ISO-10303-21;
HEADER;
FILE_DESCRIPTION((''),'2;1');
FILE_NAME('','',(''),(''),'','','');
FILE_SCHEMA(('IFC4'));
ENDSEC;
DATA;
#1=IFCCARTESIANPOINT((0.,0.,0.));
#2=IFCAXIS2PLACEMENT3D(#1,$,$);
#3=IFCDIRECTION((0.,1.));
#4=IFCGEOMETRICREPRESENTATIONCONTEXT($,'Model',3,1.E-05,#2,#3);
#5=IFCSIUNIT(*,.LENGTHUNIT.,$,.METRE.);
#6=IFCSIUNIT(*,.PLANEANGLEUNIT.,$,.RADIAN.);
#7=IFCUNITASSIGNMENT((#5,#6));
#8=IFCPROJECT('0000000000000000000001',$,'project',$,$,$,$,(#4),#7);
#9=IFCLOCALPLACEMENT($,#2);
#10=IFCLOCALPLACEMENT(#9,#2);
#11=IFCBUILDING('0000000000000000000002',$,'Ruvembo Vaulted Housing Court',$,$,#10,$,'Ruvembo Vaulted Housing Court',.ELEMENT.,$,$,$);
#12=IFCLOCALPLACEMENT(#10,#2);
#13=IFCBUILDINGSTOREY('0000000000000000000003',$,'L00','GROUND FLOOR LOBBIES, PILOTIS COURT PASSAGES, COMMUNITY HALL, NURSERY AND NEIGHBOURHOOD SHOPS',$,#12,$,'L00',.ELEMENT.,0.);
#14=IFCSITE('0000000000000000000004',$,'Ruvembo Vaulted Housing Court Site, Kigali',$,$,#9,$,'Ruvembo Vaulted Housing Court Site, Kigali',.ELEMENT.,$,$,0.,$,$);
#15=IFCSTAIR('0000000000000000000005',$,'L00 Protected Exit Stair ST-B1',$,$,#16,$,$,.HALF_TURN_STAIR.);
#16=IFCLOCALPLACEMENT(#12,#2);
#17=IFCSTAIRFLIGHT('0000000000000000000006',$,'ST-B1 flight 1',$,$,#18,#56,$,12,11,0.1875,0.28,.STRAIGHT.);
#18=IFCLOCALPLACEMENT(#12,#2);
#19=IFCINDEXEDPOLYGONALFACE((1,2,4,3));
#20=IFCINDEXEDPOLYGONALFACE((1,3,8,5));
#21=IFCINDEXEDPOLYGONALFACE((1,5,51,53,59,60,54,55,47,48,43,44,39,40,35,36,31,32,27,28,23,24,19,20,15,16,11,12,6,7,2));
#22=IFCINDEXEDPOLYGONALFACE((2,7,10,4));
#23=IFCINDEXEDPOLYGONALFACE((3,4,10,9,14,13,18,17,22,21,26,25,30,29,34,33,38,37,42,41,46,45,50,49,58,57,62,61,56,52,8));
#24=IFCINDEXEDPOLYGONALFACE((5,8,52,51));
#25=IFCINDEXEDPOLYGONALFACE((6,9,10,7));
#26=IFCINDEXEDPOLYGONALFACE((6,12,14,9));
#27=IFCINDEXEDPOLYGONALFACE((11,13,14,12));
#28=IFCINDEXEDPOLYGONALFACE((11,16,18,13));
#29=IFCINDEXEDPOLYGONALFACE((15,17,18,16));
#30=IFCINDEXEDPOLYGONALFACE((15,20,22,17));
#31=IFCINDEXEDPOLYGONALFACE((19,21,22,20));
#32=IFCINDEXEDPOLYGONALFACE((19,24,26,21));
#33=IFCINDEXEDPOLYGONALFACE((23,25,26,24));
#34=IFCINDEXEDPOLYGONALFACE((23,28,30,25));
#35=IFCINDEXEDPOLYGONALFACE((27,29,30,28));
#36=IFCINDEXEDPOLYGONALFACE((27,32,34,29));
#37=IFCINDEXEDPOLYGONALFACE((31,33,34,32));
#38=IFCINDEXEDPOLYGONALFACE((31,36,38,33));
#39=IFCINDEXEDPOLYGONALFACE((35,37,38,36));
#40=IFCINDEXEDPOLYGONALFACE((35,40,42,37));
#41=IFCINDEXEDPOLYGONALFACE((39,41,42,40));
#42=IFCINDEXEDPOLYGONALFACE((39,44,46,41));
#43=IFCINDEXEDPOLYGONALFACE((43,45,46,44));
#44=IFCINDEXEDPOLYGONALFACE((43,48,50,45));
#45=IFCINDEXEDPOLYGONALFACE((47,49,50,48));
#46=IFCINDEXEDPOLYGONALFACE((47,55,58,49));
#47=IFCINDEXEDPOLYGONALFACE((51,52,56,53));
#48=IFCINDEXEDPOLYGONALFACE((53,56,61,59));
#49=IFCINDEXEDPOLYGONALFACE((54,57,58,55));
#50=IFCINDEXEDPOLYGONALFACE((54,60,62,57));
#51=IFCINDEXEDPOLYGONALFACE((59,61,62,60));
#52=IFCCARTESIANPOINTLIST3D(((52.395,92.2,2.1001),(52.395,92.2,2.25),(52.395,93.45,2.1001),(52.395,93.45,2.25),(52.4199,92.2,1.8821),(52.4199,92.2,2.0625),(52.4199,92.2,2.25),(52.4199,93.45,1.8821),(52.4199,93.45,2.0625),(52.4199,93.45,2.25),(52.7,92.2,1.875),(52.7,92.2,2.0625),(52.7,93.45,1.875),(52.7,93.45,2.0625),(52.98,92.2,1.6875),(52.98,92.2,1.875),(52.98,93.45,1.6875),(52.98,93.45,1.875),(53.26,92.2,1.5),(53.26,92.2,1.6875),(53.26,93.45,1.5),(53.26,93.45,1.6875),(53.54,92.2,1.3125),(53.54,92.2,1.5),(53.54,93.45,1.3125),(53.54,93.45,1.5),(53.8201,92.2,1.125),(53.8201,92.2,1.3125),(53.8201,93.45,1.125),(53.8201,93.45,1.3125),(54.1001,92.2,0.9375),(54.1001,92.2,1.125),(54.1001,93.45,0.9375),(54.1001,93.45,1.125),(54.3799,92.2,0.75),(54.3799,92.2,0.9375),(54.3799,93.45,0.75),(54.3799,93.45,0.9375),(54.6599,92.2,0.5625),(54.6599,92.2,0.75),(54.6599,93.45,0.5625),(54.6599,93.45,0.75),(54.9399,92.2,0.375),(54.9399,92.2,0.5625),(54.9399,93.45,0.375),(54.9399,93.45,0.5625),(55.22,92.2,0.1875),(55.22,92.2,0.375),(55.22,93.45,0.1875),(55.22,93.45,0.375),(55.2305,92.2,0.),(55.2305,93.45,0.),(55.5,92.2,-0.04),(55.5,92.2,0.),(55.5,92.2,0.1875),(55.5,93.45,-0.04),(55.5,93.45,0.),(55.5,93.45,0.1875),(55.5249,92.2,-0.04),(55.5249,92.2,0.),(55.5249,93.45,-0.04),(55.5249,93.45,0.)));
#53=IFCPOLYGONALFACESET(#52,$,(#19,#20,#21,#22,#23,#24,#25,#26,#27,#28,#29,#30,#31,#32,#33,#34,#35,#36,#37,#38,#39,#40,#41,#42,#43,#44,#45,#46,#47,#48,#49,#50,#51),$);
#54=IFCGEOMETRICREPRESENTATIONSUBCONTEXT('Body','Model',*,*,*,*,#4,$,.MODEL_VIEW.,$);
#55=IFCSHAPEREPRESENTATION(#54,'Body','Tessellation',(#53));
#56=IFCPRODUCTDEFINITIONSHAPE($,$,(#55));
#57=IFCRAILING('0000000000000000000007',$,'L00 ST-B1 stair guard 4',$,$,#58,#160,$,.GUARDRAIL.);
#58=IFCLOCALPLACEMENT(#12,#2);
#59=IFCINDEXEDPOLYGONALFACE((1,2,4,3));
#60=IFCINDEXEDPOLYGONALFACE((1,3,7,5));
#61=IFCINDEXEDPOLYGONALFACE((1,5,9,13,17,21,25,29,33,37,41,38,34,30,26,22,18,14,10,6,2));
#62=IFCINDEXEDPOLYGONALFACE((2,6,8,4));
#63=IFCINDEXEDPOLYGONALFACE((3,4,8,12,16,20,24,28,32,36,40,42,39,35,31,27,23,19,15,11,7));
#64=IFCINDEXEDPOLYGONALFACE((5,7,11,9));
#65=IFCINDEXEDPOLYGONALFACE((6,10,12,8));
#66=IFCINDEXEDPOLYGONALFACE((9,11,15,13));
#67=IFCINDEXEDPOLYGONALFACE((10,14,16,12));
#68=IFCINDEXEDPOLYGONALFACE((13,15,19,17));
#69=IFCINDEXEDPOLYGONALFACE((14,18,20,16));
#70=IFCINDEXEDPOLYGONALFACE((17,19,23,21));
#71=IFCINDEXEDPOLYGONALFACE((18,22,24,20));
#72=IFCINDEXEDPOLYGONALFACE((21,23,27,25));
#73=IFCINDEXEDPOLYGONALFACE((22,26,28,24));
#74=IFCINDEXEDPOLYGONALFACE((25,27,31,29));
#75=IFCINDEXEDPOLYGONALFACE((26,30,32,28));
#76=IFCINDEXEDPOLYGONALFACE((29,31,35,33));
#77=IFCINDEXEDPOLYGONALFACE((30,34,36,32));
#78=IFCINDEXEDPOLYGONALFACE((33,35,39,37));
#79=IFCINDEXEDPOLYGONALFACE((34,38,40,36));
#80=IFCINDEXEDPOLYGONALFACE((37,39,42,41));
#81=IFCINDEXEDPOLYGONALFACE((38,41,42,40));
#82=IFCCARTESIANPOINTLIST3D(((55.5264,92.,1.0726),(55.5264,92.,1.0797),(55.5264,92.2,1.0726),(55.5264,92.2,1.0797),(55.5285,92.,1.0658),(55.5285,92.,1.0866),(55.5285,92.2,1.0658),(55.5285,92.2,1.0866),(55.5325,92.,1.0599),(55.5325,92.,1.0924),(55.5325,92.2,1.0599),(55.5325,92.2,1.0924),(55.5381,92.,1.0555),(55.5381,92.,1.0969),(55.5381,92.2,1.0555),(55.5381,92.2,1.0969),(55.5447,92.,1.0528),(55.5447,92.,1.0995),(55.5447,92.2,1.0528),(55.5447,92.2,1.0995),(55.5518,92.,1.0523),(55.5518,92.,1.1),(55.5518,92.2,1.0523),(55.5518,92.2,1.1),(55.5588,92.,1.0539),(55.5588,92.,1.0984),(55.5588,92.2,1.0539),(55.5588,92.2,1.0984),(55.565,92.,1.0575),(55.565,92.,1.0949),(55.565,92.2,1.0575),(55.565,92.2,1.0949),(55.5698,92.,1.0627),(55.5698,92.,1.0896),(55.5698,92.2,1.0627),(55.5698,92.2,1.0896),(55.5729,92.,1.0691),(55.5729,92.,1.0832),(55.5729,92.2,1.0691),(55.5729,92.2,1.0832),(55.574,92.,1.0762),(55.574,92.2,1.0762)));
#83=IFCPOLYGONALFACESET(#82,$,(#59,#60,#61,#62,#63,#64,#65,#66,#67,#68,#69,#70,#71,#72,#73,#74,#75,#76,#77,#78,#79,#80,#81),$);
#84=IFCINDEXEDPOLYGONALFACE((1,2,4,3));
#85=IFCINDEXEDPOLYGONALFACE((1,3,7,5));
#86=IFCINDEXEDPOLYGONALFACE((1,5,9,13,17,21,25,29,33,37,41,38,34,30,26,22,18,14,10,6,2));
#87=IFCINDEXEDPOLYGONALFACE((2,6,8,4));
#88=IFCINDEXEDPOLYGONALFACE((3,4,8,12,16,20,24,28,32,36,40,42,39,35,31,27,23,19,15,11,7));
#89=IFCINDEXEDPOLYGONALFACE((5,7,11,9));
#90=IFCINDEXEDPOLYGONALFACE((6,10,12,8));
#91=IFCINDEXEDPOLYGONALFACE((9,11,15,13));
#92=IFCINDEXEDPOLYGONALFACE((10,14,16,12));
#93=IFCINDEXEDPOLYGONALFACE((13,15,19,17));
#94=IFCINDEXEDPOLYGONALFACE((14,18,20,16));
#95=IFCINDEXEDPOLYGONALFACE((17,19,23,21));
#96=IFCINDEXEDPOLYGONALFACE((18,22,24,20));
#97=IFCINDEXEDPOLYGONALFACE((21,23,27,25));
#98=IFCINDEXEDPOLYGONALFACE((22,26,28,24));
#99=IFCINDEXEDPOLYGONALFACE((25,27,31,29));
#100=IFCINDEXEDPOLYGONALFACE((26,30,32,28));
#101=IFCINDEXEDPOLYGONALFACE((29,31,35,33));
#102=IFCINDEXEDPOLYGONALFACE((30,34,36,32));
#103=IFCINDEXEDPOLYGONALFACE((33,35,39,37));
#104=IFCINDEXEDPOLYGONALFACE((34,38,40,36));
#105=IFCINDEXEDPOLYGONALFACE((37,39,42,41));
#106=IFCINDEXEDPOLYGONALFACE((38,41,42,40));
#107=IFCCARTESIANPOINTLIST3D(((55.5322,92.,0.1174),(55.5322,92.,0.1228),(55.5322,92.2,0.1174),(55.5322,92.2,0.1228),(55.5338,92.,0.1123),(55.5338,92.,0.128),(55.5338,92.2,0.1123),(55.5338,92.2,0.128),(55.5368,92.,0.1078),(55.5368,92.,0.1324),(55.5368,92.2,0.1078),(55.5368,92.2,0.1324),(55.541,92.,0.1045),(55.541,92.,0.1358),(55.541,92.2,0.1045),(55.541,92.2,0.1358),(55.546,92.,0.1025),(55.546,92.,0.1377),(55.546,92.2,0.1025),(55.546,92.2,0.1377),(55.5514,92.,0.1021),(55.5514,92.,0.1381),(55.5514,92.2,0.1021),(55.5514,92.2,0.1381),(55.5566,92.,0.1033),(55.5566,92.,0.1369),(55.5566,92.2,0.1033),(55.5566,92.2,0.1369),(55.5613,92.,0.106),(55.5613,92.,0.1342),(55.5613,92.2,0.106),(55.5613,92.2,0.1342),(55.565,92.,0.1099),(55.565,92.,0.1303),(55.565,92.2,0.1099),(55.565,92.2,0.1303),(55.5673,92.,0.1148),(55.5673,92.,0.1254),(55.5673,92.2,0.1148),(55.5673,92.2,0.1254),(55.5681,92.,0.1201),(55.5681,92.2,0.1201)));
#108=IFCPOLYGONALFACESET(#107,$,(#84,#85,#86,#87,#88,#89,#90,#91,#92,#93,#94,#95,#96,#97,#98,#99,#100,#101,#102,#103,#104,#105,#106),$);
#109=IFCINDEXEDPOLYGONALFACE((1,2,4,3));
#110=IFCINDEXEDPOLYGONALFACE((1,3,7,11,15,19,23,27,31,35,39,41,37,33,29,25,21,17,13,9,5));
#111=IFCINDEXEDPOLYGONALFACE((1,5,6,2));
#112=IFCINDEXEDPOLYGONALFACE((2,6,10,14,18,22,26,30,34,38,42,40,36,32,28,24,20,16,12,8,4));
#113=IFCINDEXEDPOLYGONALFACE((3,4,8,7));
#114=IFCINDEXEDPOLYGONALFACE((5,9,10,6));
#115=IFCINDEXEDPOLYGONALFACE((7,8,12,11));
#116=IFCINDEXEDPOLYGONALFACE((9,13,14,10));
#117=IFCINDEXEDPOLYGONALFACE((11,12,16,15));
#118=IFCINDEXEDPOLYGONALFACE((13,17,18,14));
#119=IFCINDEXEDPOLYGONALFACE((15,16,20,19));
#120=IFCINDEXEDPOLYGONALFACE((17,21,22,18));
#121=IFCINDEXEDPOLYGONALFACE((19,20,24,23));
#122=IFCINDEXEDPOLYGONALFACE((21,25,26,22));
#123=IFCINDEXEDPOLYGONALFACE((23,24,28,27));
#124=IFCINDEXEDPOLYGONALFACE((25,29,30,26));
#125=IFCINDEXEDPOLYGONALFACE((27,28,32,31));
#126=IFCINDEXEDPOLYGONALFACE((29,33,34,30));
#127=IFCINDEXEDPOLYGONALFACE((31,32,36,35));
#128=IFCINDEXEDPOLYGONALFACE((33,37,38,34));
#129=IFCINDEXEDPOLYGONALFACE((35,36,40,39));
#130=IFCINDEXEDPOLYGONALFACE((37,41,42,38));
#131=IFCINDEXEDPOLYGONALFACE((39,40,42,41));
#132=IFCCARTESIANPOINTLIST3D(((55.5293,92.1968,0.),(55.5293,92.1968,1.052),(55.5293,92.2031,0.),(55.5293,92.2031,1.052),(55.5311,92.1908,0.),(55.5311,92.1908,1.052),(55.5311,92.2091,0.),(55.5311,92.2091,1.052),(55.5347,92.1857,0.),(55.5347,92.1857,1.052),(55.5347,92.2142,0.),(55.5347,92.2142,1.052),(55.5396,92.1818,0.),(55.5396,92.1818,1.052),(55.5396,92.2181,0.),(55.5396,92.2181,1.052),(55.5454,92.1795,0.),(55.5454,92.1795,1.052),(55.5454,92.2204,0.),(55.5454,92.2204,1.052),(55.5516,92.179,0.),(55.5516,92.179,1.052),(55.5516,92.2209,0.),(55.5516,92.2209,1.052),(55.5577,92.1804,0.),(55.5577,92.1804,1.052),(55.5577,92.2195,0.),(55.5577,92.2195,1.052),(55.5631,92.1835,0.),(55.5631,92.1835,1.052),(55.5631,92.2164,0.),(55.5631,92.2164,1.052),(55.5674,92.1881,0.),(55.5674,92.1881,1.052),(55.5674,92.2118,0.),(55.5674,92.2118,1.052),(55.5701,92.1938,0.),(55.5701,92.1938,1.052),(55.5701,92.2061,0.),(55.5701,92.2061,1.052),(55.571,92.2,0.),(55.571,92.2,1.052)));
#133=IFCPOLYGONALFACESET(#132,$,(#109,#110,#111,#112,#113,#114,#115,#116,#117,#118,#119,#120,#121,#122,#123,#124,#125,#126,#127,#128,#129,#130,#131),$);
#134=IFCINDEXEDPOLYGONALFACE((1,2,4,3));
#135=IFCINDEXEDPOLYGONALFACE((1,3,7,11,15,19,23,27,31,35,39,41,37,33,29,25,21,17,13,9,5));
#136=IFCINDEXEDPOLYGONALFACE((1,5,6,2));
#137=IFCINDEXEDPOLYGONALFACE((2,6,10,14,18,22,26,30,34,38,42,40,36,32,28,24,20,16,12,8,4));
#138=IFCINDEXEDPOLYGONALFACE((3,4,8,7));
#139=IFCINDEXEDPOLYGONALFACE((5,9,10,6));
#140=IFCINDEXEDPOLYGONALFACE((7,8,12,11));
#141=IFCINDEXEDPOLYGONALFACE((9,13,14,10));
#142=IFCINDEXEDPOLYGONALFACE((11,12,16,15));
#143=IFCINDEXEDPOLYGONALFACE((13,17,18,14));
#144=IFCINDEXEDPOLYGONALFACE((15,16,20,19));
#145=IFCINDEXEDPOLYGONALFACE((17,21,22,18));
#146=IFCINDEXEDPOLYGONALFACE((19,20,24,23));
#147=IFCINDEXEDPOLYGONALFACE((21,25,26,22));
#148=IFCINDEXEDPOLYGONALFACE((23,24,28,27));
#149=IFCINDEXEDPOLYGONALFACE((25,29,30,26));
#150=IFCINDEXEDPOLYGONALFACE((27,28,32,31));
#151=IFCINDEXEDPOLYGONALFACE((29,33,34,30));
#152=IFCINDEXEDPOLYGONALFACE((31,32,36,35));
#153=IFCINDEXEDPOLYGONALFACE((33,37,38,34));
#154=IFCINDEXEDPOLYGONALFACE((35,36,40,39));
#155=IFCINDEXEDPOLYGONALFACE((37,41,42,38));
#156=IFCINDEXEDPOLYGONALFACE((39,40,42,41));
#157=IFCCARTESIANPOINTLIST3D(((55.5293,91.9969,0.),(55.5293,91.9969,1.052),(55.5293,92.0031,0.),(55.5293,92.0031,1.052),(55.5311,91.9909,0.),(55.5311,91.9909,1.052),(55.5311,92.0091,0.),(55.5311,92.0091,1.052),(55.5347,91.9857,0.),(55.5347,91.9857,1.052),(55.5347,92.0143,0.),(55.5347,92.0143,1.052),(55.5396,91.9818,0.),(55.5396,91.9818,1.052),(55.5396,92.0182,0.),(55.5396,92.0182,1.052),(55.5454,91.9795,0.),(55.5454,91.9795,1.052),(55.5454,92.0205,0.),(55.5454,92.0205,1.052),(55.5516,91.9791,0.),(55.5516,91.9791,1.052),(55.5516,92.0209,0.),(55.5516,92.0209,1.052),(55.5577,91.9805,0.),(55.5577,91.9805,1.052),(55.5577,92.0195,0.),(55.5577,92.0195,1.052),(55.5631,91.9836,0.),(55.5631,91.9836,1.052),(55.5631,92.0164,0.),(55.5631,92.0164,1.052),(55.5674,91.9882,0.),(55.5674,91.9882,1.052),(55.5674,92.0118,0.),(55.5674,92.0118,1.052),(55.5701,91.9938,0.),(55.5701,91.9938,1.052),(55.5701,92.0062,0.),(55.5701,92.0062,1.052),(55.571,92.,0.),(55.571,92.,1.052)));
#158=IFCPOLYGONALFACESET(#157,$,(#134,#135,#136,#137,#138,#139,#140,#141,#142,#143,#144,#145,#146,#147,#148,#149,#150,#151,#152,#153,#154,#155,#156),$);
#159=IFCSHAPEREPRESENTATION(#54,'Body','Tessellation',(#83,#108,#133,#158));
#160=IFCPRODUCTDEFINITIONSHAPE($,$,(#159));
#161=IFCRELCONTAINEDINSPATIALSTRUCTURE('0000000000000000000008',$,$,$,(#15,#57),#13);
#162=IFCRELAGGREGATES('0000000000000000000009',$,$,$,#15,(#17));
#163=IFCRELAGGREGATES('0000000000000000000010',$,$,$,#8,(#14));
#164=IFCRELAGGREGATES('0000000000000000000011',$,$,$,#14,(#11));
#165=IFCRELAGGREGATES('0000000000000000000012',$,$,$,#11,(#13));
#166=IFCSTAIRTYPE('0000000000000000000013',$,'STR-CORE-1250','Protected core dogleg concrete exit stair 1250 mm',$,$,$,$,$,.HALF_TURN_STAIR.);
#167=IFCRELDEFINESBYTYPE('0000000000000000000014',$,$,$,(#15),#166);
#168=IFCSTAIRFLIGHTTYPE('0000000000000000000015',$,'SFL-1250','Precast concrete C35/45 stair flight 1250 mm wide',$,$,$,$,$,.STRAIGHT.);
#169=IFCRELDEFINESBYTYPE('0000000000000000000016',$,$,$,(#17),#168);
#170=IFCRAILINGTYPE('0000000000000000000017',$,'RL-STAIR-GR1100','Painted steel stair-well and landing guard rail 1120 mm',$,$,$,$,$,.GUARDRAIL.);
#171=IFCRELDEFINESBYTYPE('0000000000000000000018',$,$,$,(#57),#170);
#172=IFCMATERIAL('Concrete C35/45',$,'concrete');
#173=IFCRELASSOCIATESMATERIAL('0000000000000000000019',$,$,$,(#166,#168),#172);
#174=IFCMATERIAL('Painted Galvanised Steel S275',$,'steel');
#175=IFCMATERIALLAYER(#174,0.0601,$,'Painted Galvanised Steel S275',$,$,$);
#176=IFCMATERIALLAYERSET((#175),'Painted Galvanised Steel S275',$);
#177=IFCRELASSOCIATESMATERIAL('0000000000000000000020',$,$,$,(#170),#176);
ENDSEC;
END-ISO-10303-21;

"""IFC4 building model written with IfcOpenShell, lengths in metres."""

from ifc_helpers import new_model, si_unit, direction, frame, origin, origin_2d, place, context, subcontext, project, spatial, polyline, circle, outline, extrude, material, layer, layer_set, type_object, element, aggregate, save


model = new_model("IFC4")

# Units and contexts
model_context = context("Model", 3, precision=1e-05, world=origin(), true_north=direction((0.0, 1.0)))
body_context = subcontext(model_context, "Body", "Model", "MODEL_VIEW")
ifc_project = project(units=[si_unit("LENGTHUNIT", "METRE"), si_unit("PLANEANGLEUNIT", "RADIAN")], contexts=[model_context])

# Site, building, storey
site_placement = place(None, origin())
site = spatial("IfcSite", under=ifc_project, at=site_placement, Name="Ruvembo Vaulted Housing Court Site, Kigali", LongName="Ruvembo Vaulted Housing Court Site, Kigali", CompositionType="ELEMENT", RefElevation=0.0)
building_placement = place(site_placement, origin())
building = spatial("IfcBuilding", under=site, at=building_placement, Name="Ruvembo Vaulted Housing Court", LongName="Ruvembo Vaulted Housing Court", CompositionType="ELEMENT")
storey_placement = place(building_placement, origin())
storey = spatial("IfcBuildingStorey", under=building, at=storey_placement, Name="L00", Description="GROUND FLOOR LOBBIES, PILOTIS COURT PASSAGES, COMMUNITY HALL, NURSERY AND NEIGHBOURHOOD SHOPS", LongName="L00", CompositionType="ELEMENT", Elevation=0.0)

# Shared definitions
ifc_material_1 = material(Name="Concrete C35/45", Category="concrete")

# Stair, stair flight
stair_type = type_object("IfcStairType", Name="STR-CORE-1250", Description="Protected core dogleg concrete exit stair 1250 mm", PredefinedType="HALF_TURN_STAIR", material=ifc_material_1)
stair_placement = place(storey_placement, origin())
stair = element("IfcStair", 1, at=stair_placement, inside=storey, type_object=stair_type, Name="L00 Protected Exit Stair ST-B1", PredefinedType="HALF_TURN_STAIR")
stair_flight_type = type_object("IfcStairFlightType", Name="SFL-1250", Description="Precast concrete C35/45 stair flight 1250 mm wide", PredefinedType="STRAIGHT", material=ifc_material_1)
stair_flight_placement = place(storey_placement, frame((55.5, 92.825, 0.0), z_axis=(0.0, 0.0, 1.0), x_axis=(-1.0, 0.0, 0.0)))
stair_flight = element("IfcStairFlight", 2, at=stair_flight_placement, type_object=stair_flight_type, Name="ST-B1 flight 1", NumberOfRisers=12, NumberOfTreads=11, PredefinedType="STRAIGHT", RiserHeight=0.1875, TreadLength=0.28, context=body_context, shape_type="SweptSolid", body=[
    extrude(outline(polyline([(-0.0249, -0.04), (-0.0249, 0.0), (0.0, 0.0), (0.0, 0.1875), (0.28, 0.1875), (0.28, 0.375), (0.5601, 0.375), (0.5601, 0.5625), (0.8401, 0.5625), (0.8401, 0.75), (1.1201, 0.75), (1.1201, 0.9375), (1.3999, 0.9375), (1.3999, 1.125), (1.6799, 1.125), (1.6799, 1.3125), (1.96, 1.3125), (1.96, 1.5), (2.24, 1.5), (2.24, 1.6875), (2.52, 1.6875), (2.52, 1.875), (2.8, 1.875), (2.8, 2.0625), (3.0801, 2.0625), (3.0801, 2.25), (3.105, 2.25), (3.105, 2.1001), (3.0801, 1.8821), (0.2695, 0.0), (0.0, -0.04), (-0.0249, -0.04)])), frame((0.0, 0.625, 0.0), z_axis=(0.0, -1.0, 0.0), x_axis=(1.0, 0.0, 0.0)), (0.0, 0.0, 1.0), 1.25),
])
aggregate(stair, [stair_flight])

# Railing
ifc_material_2 = material(Name="Painted Galvanised Steel S275", Category="steel")
ifc_layer_1 = layer(ifc_material_2, 0.0601, Name="Painted Galvanised Steel S275")
ifc_layer_set_1 = layer_set([ifc_layer_1], Name="Painted Galvanised Steel S275")
railing_type_1 = type_object("IfcRailingType", Name="RL-STAIR-GR1100", Description="Painted steel stair-well and landing guard rail 1120 mm", PredefinedType="GUARDRAIL", material=ifc_layer_set_1)
railing_1_placement = place(storey_placement, frame((55.55, 92.2, 0.0)))
element("IfcRailing", 3, at=railing_1_placement, inside=storey, type_object=railing_type_1, Name="L00 ST-B1 stair guard 4", PredefinedType="GUARDRAIL", context=body_context, shape_type="SweptSolid", body=[
    extrude(circle(Radius=0.0239, at=origin_2d()), frame((0.0, 0.0, 1.0762), z_axis=(0.0, -1.0, 0.0), x_axis=(1.0, 0.0, 0.0)), (0.0, 0.0, 1.0), 0.2),
    extrude(circle(Radius=0.0181, at=origin_2d()), frame((0.0, 0.0, 0.1201), z_axis=(0.0, -1.0, 0.0), x_axis=(1.0, 0.0, 0.0)), (0.0, 0.0, 1.0), 0.2),
    extrude(circle(Radius=0.021, at=origin_2d()), origin(), (0.0, 0.0, 1.0), 1.052),
    extrude(circle(Radius=0.021, at=origin_2d()), frame((0.0, -0.2, 0.0)), (0.0, 0.0, 1.0), 1.052),
])

save(model, "model.ifc")
